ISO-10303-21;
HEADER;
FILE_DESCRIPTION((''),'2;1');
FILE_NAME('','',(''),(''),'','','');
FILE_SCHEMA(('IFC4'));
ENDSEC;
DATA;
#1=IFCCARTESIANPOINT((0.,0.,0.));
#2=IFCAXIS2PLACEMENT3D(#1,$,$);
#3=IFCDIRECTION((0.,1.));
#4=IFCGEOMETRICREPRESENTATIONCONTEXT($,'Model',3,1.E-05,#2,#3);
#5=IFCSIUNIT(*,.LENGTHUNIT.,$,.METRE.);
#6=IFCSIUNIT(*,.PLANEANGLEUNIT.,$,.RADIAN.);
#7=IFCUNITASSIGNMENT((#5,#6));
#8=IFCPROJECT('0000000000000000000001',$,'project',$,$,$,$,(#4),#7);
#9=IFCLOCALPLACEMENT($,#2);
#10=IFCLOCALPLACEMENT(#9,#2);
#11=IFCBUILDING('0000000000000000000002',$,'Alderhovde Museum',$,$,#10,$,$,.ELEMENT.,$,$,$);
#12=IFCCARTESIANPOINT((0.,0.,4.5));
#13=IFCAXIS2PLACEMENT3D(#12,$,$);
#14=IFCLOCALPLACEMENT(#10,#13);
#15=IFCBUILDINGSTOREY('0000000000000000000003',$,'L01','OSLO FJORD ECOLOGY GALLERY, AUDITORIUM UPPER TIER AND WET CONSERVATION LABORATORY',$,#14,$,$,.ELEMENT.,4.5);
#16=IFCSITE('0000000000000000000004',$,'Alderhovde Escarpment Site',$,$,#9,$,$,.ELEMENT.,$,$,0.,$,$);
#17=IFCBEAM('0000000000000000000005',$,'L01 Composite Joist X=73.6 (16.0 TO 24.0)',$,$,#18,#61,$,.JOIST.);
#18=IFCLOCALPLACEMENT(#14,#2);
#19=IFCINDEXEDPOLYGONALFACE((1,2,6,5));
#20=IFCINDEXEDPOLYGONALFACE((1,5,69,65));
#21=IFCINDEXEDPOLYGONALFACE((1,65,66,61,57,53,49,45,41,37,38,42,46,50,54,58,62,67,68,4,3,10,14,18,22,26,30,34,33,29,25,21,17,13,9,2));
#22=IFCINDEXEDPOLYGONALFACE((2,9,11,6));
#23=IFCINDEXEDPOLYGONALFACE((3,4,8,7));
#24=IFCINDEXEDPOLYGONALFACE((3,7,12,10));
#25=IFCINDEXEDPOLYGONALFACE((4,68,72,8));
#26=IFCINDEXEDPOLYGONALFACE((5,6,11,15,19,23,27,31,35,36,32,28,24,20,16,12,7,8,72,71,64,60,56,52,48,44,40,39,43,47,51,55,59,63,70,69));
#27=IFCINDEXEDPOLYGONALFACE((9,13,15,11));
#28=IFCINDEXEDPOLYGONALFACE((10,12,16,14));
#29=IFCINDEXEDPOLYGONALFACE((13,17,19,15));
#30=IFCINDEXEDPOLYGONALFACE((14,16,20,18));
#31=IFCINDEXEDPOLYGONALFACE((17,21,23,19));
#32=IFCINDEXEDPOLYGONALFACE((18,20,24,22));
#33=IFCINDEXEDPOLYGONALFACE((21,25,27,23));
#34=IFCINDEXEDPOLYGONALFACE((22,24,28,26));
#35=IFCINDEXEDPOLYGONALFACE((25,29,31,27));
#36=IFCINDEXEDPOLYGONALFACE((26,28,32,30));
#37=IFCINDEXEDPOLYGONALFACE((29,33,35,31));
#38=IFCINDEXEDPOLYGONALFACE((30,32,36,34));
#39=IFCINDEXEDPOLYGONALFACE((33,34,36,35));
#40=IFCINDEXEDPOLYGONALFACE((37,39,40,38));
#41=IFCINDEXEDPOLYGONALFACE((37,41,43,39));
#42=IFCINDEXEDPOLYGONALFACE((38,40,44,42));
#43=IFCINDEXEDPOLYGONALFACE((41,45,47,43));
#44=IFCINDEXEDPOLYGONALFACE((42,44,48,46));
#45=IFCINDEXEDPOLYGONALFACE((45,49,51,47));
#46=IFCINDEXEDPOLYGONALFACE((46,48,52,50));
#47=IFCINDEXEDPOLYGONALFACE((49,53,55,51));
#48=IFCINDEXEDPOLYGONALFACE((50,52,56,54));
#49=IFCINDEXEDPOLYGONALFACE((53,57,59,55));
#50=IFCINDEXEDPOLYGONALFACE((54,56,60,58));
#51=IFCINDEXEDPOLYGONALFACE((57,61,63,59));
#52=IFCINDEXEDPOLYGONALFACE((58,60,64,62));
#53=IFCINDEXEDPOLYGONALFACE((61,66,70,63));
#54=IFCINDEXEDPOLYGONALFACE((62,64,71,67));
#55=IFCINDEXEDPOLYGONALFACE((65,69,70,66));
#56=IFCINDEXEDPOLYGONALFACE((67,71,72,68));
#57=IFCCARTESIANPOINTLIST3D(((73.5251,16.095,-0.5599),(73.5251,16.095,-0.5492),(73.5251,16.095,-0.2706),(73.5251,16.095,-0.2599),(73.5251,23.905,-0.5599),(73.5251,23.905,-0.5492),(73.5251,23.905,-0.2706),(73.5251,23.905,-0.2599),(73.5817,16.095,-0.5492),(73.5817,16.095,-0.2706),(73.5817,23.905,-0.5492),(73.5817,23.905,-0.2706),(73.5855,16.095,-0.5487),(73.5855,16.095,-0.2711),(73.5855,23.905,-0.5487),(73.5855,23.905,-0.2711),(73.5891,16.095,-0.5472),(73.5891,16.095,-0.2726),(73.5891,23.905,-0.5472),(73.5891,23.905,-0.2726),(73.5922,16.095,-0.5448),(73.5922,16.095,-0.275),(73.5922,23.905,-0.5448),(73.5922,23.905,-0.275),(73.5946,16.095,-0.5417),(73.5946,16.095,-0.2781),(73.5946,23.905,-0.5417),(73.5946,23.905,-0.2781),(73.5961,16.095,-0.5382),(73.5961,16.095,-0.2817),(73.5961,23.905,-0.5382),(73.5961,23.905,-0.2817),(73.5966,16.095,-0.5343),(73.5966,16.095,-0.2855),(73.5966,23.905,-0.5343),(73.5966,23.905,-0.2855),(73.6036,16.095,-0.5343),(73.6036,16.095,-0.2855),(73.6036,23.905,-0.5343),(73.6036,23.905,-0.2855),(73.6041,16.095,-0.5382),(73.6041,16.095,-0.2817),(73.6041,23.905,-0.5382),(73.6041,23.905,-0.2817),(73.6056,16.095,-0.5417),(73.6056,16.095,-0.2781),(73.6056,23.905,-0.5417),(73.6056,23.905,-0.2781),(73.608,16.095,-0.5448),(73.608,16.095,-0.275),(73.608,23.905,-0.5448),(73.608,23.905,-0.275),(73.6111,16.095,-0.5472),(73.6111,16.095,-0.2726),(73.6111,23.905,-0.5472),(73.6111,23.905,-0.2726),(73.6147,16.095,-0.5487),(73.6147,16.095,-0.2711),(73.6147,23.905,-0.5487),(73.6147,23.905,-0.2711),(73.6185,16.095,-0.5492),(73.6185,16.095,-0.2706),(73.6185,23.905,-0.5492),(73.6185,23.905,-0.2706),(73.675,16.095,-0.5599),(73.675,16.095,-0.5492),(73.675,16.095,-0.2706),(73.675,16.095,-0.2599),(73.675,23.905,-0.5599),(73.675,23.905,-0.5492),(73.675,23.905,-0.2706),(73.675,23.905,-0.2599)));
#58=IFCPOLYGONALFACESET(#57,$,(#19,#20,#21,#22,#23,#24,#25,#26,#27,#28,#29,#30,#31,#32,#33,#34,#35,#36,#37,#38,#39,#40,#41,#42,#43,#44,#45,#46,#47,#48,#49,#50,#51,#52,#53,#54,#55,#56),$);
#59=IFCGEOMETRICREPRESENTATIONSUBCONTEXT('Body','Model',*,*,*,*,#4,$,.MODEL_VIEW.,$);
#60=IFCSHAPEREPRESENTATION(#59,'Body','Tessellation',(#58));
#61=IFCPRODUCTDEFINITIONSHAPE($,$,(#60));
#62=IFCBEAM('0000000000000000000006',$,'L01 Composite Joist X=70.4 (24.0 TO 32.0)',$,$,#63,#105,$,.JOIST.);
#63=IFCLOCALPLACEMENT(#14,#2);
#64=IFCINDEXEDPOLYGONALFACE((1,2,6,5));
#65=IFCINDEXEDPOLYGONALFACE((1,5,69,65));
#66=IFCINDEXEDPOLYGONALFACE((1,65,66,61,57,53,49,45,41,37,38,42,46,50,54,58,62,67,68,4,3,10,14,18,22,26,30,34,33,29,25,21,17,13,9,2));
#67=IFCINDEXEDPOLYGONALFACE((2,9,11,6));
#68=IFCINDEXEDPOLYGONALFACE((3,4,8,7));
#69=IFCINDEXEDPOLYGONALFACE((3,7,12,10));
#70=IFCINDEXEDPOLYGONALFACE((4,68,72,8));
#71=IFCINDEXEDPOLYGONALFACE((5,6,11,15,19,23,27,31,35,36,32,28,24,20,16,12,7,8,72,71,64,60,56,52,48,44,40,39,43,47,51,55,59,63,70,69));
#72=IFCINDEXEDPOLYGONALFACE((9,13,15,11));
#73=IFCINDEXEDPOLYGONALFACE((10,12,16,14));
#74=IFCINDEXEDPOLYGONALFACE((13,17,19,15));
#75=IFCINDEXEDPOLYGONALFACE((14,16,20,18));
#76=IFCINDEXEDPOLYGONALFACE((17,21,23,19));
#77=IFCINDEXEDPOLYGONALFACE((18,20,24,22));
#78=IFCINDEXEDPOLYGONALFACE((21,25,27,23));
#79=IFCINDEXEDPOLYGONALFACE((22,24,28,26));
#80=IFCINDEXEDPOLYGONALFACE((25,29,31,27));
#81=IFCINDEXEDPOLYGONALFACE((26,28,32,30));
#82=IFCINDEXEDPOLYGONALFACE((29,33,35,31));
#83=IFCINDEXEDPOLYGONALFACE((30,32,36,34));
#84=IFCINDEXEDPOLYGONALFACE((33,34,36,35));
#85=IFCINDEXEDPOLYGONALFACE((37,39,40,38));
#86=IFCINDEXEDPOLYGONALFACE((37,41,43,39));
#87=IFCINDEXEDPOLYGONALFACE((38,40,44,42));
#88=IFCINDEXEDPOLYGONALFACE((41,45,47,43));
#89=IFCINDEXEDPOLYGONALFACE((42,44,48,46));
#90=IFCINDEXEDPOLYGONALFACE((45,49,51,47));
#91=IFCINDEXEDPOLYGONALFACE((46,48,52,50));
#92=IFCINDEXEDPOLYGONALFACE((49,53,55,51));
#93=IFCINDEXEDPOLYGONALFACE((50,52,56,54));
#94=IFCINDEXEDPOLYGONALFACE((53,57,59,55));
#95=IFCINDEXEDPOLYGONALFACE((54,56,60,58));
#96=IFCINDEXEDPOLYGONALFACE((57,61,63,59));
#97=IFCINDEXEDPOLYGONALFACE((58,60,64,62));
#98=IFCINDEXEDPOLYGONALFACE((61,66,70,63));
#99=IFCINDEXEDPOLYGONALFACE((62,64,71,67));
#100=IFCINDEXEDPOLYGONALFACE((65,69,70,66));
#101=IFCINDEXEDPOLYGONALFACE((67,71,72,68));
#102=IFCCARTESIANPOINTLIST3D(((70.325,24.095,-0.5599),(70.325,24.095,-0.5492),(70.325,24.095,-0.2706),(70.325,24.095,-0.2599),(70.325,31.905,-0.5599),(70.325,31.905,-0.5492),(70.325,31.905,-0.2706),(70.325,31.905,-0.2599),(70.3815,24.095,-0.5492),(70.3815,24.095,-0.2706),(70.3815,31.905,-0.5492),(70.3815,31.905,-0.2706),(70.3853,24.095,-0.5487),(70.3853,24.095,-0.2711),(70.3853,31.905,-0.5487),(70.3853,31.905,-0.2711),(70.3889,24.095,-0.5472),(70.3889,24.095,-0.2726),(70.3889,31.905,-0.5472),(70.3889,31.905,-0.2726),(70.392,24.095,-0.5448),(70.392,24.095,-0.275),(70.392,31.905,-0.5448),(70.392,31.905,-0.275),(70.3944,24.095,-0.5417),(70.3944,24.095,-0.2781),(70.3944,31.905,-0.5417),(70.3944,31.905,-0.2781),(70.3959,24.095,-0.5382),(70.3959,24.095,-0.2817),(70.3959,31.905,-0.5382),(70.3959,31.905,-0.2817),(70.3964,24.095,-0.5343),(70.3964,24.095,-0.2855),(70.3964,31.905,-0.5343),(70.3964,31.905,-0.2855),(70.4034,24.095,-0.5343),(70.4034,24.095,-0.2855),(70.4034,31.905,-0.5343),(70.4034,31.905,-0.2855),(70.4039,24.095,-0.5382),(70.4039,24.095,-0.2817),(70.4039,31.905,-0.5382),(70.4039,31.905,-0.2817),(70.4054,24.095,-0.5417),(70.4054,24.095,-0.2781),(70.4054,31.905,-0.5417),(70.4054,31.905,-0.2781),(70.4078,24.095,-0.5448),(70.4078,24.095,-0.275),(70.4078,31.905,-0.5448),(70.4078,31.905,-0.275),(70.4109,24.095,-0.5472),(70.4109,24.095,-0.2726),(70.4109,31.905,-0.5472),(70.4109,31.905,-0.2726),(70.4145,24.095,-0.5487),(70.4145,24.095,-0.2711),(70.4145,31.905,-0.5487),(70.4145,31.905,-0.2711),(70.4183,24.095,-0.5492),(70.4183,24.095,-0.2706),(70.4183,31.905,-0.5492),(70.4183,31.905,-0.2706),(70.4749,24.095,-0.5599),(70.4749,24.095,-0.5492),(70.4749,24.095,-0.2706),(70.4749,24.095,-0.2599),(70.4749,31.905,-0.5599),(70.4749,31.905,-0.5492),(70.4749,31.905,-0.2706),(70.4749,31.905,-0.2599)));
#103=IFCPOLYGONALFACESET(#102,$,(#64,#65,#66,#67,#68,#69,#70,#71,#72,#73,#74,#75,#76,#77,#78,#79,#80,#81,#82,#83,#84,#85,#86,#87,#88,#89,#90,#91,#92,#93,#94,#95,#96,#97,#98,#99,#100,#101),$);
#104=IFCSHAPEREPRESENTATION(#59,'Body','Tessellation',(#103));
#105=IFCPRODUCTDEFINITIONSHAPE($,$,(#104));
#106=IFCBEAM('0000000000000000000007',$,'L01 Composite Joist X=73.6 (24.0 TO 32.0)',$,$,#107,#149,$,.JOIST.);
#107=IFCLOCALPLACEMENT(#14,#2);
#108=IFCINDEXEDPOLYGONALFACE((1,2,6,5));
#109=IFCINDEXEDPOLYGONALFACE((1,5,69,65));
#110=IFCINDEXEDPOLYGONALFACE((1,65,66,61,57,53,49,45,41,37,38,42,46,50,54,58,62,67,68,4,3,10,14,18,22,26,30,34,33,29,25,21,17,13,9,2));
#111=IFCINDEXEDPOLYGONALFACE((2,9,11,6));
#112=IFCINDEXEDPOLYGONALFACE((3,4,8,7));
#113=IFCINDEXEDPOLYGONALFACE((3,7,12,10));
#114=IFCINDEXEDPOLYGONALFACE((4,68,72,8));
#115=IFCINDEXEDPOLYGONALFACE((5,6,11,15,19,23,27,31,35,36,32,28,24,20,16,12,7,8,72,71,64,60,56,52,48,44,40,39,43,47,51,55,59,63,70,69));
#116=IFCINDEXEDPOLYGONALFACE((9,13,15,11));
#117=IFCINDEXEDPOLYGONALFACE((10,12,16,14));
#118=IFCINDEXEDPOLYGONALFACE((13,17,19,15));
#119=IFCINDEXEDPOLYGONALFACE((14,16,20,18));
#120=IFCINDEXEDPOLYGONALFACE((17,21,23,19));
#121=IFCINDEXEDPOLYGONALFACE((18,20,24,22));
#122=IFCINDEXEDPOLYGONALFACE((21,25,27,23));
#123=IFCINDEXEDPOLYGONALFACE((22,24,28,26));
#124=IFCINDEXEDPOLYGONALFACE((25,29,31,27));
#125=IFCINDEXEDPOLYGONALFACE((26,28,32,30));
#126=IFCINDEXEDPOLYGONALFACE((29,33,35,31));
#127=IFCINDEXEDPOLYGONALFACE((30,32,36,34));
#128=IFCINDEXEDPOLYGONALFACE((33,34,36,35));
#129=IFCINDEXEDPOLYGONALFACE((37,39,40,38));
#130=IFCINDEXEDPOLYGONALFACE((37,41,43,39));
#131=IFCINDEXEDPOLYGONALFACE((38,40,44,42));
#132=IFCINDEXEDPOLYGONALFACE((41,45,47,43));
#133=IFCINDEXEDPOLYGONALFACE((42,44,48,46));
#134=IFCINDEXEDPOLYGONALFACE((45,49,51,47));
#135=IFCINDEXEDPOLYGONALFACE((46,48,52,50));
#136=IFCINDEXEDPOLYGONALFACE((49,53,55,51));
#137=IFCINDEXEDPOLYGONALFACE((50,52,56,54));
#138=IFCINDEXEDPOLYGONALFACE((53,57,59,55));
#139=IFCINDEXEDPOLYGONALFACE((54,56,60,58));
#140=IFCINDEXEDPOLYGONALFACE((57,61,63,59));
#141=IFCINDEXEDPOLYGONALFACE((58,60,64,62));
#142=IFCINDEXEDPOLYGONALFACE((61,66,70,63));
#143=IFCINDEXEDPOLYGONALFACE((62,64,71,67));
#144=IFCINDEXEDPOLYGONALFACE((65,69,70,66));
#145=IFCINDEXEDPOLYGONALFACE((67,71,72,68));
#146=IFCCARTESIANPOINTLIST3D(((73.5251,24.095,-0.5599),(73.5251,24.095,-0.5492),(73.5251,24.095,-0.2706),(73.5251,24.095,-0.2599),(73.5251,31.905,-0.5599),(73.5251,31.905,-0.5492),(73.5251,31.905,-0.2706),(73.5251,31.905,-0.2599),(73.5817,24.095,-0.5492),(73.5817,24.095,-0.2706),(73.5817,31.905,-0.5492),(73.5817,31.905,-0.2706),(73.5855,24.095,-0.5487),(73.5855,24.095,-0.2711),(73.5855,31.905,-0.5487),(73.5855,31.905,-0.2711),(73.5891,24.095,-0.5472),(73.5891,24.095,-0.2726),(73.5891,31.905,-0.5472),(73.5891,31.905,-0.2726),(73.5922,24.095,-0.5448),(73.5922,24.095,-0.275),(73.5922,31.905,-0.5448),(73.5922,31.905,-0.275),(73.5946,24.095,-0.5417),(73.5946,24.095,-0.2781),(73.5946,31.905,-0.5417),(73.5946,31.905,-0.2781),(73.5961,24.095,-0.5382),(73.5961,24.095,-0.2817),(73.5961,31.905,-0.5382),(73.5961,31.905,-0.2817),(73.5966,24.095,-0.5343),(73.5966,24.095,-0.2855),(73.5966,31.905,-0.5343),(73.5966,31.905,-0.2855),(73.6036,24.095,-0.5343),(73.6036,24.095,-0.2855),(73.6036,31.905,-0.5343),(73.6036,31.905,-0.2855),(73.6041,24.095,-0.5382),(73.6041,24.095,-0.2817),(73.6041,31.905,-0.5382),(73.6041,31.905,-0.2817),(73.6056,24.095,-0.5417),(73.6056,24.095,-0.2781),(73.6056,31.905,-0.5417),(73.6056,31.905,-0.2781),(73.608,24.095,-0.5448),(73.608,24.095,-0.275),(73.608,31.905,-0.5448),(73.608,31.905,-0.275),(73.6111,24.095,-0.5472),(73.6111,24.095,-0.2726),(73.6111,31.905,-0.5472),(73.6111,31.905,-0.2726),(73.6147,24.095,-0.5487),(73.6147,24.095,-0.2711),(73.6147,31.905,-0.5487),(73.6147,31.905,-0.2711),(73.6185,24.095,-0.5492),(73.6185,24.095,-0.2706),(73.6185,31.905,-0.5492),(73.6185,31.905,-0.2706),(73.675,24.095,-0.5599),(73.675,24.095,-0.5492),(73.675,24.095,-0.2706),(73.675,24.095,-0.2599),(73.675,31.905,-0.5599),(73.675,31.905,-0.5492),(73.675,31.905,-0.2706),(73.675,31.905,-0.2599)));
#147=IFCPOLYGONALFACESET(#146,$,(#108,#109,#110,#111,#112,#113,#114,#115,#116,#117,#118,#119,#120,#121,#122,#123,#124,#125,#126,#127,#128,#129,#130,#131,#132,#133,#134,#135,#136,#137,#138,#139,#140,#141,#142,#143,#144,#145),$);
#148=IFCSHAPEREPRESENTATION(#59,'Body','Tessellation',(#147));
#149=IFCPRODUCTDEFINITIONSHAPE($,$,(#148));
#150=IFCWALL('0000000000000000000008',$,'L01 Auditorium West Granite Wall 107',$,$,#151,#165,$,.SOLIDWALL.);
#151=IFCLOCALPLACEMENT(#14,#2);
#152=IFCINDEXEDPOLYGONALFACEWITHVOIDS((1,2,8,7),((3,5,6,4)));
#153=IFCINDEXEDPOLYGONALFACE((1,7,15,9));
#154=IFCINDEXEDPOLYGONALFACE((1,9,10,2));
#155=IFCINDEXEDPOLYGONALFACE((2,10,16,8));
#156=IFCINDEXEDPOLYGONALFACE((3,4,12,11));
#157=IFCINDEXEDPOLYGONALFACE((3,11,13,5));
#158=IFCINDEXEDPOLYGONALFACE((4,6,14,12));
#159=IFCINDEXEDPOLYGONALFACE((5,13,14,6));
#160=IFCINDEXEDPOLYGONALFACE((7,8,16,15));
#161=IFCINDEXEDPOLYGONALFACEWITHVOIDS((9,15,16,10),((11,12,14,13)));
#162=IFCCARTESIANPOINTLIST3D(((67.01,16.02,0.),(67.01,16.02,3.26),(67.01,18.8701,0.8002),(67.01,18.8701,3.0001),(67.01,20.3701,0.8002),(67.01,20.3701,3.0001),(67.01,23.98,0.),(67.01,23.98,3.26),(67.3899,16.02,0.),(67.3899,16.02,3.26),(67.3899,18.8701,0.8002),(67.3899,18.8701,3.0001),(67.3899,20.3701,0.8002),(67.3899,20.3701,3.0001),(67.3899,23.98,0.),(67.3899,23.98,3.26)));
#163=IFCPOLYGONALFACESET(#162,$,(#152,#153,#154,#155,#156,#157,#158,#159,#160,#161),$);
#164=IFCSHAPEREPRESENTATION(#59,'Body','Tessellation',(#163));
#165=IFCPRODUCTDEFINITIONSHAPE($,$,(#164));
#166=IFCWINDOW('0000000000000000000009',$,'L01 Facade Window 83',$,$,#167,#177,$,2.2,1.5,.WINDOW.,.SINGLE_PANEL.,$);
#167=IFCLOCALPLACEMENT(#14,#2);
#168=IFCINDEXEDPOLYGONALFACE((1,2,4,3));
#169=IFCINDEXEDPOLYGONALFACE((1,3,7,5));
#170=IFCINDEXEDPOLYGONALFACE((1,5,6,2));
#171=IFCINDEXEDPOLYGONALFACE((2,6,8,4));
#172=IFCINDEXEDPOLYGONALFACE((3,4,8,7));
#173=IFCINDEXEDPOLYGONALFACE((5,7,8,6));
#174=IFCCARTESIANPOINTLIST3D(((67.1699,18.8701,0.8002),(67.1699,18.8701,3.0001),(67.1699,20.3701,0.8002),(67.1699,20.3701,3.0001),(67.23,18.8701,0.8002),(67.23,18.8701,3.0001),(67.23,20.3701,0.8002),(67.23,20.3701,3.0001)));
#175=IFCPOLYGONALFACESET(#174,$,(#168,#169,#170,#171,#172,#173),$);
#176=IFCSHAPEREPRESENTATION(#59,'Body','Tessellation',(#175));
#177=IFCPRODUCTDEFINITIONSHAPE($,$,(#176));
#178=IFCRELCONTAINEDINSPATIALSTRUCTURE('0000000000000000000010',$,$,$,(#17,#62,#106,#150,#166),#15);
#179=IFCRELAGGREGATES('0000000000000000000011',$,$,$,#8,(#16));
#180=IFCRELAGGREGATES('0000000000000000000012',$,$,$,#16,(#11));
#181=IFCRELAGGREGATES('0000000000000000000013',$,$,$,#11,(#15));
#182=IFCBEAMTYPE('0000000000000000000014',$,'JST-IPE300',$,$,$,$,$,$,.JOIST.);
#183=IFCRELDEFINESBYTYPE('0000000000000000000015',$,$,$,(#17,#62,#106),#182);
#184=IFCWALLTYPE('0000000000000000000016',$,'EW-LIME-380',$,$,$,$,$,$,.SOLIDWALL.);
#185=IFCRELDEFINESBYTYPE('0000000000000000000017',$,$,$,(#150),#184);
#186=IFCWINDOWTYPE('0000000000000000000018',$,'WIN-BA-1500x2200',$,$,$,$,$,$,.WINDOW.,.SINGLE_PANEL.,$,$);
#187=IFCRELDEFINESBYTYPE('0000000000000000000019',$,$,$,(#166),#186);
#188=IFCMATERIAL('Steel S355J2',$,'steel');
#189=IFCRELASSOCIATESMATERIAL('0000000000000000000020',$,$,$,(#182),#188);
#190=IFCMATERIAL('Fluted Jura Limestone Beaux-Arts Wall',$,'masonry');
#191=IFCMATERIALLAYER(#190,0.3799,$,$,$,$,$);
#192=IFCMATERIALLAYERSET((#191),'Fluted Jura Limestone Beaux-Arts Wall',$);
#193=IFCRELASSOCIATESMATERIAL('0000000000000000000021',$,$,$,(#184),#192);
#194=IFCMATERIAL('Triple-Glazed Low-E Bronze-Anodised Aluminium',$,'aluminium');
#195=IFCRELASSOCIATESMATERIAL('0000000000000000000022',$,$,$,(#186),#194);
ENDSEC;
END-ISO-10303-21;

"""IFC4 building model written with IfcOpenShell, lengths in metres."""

from ifc_helpers import new_model, si_unit, direction, frame, frame_2d, origin, origin_2d, place, context, subcontext, project, spatial, rectangle, i_section, extrude, material, layer, layer_set, material_profile, profile_set, type_object, element, fill, save


model = new_model("IFC4")

# Units and contexts
model_context = context("Model", 3, precision=1e-05, world=origin(), true_north=direction((0.0, 1.0)))
body_context = subcontext(model_context, "Body", "Model", "MODEL_VIEW")
ifc_project = project(units=[si_unit("LENGTHUNIT", "METRE"), si_unit("PLANEANGLEUNIT", "RADIAN")], contexts=[model_context])

# Site, building, storey
site_placement = place(None, origin())
site = spatial("IfcSite", under=ifc_project, at=site_placement, Name="Alderhovde Escarpment Site", CompositionType="ELEMENT", RefElevation=0.0)
building_placement = place(site_placement, origin())
building = spatial("IfcBuilding", under=site, at=building_placement, Name="Alderhovde Museum", CompositionType="ELEMENT")
storey_placement = place(building_placement, frame((0.0, 0.0, 4.5)))
storey = spatial("IfcBuildingStorey", under=building, at=storey_placement, Name="L01", Description="OSLO FJORD ECOLOGY GALLERY, AUDITORIUM UPPER TIER AND WET CONSERVATION LABORATORY", CompositionType="ELEMENT", Elevation=4.5)

# Beams
ifc_material_1 = material(Name="Steel S355J2", Category="steel")
ifc_material_profile_1 = material_profile(ifc_material_1, i_section(OverallWidth=0.1499, OverallDepth=0.3, WebThickness=0.0071, FlangeThickness=0.0107, FilletRadius=0.0149, at=origin_2d()), Name="IPE 300")
ifc_profile_set_1 = profile_set([ifc_material_profile_1], Name="Steel S355J2")
beam_type_1 = type_object("IfcBeamType", Name="JST-IPE300", PredefinedType="JOIST", material=ifc_profile_set_1)
for number, where, z_axis, x_axis, name in (
    (1, (73.6001, 16.095, -0.4099), (0.0, 1.0, 0.0), (-1.0, 0.0, 0.0), "L01 Composite Joist X=73.6 (16.0 TO 24.0)"),
    (2, (70.3999, 24.095, -0.4099), (0.0, 1.0, 0.0), (-1.0, 0.0, 0.0), "L01 Composite Joist X=70.4 (24.0 TO 32.0)"),
    (3, (73.6001, 24.095, -0.4099), (0.0, 1.0, 0.0), (-1.0, 0.0, 0.0), "L01 Composite Joist X=73.6 (24.0 TO 32.0)"),
):
    element("IfcBeam", number, at=place(storey_placement, frame(where, z_axis=z_axis, x_axis=x_axis)), inside=storey, type_object=beam_type_1, Name=name, PredefinedType="JOIST", context=body_context, shape_type="SweptSolid", body=[
        extrude(i_section(OverallWidth=0.1499, OverallDepth=0.3, WebThickness=0.0071, FlangeThickness=0.0107, FilletRadius=0.0149, at=origin_2d()), origin(), (0.0, 0.0, 1.0), 7.8101),
    ])

# Wall, opening, window
ifc_material_2 = material(Name="Fluted Jura Limestone Beaux-Arts Wall", Category="masonry")
ifc_layer_1 = layer(ifc_material_2, 0.3799)
ifc_layer_set_1 = layer_set([ifc_layer_1], Name="Fluted Jura Limestone Beaux-Arts Wall")
wall_type_1 = type_object("IfcWallType", Name="EW-LIME-380", PredefinedType="SOLIDWALL", material=ifc_layer_set_1)
wall_1_placement = place(storey_placement, frame((67.2, 16.02, 0.0), z_axis=(0.0, 0.0, 1.0), x_axis=(0.0, 1.0, 0.0)))
wall_1 = element("IfcWall", 4, at=wall_1_placement, inside=storey, type_object=wall_type_1, Name="L01 Auditorium West Granite Wall 107", PredefinedType="SOLIDWALL", context=body_context, shape_type="SweptSolid", body=[
    extrude(rectangle(XDim=7.96, YDim=0.3799, at=frame_2d((3.98, 0.0))), origin(), (0.0, 0.0, 1.0), 3.26),
])
opening_1_placement = place(wall_1_placement, frame((2.8501, 0.0, 0.8)))
opening_1 = element("IfcOpeningElement", 5, at=opening_1_placement, cuts=wall_1, PredefinedType="OPENING", context=body_context, shape_type="SweptSolid", body=[
    extrude(rectangle(XDim=1.5, YDim=2.2, at=frame_2d((0.75, 1.1001))), frame((0.0, 0.2, 0.0), z_axis=(0.0, -1.0, 0.0), x_axis=(1.0, 0.0, 0.0)), (0.0, 0.0, 1.0), 0.3999),
])
ifc_material_3 = material(Name="Triple-Glazed Low-E Bronze-Anodised Aluminium", Category="aluminium")
window_type = type_object("IfcWindowType", Name="WIN-BA-1500x2200", PartitioningType="SINGLE_PANEL", PredefinedType="WINDOW", material=ifc_material_3)
window_1_placement = place(opening_1_placement, origin())
window_1 = element("IfcWindow", 6, at=window_1_placement, inside=storey, type_object=window_type, Name="L01 Facade Window 83", OverallHeight=2.2, OverallWidth=1.5, PartitioningType="SINGLE_PANEL", PredefinedType="WINDOW", context=body_context, shape_type="SweptSolid", body=[
    extrude(rectangle(XDim=1.5, YDim=2.2, at=frame_2d((0.75, 1.1001))), frame((0.0, 0.03, 0.0), z_axis=(0.0, -1.0, 0.0), x_axis=(1.0, 0.0, 0.0)), (0.0, 0.0, 1.0), 0.0601),
])
fill(opening_1, window_1)

save(model, "model.ifc")
